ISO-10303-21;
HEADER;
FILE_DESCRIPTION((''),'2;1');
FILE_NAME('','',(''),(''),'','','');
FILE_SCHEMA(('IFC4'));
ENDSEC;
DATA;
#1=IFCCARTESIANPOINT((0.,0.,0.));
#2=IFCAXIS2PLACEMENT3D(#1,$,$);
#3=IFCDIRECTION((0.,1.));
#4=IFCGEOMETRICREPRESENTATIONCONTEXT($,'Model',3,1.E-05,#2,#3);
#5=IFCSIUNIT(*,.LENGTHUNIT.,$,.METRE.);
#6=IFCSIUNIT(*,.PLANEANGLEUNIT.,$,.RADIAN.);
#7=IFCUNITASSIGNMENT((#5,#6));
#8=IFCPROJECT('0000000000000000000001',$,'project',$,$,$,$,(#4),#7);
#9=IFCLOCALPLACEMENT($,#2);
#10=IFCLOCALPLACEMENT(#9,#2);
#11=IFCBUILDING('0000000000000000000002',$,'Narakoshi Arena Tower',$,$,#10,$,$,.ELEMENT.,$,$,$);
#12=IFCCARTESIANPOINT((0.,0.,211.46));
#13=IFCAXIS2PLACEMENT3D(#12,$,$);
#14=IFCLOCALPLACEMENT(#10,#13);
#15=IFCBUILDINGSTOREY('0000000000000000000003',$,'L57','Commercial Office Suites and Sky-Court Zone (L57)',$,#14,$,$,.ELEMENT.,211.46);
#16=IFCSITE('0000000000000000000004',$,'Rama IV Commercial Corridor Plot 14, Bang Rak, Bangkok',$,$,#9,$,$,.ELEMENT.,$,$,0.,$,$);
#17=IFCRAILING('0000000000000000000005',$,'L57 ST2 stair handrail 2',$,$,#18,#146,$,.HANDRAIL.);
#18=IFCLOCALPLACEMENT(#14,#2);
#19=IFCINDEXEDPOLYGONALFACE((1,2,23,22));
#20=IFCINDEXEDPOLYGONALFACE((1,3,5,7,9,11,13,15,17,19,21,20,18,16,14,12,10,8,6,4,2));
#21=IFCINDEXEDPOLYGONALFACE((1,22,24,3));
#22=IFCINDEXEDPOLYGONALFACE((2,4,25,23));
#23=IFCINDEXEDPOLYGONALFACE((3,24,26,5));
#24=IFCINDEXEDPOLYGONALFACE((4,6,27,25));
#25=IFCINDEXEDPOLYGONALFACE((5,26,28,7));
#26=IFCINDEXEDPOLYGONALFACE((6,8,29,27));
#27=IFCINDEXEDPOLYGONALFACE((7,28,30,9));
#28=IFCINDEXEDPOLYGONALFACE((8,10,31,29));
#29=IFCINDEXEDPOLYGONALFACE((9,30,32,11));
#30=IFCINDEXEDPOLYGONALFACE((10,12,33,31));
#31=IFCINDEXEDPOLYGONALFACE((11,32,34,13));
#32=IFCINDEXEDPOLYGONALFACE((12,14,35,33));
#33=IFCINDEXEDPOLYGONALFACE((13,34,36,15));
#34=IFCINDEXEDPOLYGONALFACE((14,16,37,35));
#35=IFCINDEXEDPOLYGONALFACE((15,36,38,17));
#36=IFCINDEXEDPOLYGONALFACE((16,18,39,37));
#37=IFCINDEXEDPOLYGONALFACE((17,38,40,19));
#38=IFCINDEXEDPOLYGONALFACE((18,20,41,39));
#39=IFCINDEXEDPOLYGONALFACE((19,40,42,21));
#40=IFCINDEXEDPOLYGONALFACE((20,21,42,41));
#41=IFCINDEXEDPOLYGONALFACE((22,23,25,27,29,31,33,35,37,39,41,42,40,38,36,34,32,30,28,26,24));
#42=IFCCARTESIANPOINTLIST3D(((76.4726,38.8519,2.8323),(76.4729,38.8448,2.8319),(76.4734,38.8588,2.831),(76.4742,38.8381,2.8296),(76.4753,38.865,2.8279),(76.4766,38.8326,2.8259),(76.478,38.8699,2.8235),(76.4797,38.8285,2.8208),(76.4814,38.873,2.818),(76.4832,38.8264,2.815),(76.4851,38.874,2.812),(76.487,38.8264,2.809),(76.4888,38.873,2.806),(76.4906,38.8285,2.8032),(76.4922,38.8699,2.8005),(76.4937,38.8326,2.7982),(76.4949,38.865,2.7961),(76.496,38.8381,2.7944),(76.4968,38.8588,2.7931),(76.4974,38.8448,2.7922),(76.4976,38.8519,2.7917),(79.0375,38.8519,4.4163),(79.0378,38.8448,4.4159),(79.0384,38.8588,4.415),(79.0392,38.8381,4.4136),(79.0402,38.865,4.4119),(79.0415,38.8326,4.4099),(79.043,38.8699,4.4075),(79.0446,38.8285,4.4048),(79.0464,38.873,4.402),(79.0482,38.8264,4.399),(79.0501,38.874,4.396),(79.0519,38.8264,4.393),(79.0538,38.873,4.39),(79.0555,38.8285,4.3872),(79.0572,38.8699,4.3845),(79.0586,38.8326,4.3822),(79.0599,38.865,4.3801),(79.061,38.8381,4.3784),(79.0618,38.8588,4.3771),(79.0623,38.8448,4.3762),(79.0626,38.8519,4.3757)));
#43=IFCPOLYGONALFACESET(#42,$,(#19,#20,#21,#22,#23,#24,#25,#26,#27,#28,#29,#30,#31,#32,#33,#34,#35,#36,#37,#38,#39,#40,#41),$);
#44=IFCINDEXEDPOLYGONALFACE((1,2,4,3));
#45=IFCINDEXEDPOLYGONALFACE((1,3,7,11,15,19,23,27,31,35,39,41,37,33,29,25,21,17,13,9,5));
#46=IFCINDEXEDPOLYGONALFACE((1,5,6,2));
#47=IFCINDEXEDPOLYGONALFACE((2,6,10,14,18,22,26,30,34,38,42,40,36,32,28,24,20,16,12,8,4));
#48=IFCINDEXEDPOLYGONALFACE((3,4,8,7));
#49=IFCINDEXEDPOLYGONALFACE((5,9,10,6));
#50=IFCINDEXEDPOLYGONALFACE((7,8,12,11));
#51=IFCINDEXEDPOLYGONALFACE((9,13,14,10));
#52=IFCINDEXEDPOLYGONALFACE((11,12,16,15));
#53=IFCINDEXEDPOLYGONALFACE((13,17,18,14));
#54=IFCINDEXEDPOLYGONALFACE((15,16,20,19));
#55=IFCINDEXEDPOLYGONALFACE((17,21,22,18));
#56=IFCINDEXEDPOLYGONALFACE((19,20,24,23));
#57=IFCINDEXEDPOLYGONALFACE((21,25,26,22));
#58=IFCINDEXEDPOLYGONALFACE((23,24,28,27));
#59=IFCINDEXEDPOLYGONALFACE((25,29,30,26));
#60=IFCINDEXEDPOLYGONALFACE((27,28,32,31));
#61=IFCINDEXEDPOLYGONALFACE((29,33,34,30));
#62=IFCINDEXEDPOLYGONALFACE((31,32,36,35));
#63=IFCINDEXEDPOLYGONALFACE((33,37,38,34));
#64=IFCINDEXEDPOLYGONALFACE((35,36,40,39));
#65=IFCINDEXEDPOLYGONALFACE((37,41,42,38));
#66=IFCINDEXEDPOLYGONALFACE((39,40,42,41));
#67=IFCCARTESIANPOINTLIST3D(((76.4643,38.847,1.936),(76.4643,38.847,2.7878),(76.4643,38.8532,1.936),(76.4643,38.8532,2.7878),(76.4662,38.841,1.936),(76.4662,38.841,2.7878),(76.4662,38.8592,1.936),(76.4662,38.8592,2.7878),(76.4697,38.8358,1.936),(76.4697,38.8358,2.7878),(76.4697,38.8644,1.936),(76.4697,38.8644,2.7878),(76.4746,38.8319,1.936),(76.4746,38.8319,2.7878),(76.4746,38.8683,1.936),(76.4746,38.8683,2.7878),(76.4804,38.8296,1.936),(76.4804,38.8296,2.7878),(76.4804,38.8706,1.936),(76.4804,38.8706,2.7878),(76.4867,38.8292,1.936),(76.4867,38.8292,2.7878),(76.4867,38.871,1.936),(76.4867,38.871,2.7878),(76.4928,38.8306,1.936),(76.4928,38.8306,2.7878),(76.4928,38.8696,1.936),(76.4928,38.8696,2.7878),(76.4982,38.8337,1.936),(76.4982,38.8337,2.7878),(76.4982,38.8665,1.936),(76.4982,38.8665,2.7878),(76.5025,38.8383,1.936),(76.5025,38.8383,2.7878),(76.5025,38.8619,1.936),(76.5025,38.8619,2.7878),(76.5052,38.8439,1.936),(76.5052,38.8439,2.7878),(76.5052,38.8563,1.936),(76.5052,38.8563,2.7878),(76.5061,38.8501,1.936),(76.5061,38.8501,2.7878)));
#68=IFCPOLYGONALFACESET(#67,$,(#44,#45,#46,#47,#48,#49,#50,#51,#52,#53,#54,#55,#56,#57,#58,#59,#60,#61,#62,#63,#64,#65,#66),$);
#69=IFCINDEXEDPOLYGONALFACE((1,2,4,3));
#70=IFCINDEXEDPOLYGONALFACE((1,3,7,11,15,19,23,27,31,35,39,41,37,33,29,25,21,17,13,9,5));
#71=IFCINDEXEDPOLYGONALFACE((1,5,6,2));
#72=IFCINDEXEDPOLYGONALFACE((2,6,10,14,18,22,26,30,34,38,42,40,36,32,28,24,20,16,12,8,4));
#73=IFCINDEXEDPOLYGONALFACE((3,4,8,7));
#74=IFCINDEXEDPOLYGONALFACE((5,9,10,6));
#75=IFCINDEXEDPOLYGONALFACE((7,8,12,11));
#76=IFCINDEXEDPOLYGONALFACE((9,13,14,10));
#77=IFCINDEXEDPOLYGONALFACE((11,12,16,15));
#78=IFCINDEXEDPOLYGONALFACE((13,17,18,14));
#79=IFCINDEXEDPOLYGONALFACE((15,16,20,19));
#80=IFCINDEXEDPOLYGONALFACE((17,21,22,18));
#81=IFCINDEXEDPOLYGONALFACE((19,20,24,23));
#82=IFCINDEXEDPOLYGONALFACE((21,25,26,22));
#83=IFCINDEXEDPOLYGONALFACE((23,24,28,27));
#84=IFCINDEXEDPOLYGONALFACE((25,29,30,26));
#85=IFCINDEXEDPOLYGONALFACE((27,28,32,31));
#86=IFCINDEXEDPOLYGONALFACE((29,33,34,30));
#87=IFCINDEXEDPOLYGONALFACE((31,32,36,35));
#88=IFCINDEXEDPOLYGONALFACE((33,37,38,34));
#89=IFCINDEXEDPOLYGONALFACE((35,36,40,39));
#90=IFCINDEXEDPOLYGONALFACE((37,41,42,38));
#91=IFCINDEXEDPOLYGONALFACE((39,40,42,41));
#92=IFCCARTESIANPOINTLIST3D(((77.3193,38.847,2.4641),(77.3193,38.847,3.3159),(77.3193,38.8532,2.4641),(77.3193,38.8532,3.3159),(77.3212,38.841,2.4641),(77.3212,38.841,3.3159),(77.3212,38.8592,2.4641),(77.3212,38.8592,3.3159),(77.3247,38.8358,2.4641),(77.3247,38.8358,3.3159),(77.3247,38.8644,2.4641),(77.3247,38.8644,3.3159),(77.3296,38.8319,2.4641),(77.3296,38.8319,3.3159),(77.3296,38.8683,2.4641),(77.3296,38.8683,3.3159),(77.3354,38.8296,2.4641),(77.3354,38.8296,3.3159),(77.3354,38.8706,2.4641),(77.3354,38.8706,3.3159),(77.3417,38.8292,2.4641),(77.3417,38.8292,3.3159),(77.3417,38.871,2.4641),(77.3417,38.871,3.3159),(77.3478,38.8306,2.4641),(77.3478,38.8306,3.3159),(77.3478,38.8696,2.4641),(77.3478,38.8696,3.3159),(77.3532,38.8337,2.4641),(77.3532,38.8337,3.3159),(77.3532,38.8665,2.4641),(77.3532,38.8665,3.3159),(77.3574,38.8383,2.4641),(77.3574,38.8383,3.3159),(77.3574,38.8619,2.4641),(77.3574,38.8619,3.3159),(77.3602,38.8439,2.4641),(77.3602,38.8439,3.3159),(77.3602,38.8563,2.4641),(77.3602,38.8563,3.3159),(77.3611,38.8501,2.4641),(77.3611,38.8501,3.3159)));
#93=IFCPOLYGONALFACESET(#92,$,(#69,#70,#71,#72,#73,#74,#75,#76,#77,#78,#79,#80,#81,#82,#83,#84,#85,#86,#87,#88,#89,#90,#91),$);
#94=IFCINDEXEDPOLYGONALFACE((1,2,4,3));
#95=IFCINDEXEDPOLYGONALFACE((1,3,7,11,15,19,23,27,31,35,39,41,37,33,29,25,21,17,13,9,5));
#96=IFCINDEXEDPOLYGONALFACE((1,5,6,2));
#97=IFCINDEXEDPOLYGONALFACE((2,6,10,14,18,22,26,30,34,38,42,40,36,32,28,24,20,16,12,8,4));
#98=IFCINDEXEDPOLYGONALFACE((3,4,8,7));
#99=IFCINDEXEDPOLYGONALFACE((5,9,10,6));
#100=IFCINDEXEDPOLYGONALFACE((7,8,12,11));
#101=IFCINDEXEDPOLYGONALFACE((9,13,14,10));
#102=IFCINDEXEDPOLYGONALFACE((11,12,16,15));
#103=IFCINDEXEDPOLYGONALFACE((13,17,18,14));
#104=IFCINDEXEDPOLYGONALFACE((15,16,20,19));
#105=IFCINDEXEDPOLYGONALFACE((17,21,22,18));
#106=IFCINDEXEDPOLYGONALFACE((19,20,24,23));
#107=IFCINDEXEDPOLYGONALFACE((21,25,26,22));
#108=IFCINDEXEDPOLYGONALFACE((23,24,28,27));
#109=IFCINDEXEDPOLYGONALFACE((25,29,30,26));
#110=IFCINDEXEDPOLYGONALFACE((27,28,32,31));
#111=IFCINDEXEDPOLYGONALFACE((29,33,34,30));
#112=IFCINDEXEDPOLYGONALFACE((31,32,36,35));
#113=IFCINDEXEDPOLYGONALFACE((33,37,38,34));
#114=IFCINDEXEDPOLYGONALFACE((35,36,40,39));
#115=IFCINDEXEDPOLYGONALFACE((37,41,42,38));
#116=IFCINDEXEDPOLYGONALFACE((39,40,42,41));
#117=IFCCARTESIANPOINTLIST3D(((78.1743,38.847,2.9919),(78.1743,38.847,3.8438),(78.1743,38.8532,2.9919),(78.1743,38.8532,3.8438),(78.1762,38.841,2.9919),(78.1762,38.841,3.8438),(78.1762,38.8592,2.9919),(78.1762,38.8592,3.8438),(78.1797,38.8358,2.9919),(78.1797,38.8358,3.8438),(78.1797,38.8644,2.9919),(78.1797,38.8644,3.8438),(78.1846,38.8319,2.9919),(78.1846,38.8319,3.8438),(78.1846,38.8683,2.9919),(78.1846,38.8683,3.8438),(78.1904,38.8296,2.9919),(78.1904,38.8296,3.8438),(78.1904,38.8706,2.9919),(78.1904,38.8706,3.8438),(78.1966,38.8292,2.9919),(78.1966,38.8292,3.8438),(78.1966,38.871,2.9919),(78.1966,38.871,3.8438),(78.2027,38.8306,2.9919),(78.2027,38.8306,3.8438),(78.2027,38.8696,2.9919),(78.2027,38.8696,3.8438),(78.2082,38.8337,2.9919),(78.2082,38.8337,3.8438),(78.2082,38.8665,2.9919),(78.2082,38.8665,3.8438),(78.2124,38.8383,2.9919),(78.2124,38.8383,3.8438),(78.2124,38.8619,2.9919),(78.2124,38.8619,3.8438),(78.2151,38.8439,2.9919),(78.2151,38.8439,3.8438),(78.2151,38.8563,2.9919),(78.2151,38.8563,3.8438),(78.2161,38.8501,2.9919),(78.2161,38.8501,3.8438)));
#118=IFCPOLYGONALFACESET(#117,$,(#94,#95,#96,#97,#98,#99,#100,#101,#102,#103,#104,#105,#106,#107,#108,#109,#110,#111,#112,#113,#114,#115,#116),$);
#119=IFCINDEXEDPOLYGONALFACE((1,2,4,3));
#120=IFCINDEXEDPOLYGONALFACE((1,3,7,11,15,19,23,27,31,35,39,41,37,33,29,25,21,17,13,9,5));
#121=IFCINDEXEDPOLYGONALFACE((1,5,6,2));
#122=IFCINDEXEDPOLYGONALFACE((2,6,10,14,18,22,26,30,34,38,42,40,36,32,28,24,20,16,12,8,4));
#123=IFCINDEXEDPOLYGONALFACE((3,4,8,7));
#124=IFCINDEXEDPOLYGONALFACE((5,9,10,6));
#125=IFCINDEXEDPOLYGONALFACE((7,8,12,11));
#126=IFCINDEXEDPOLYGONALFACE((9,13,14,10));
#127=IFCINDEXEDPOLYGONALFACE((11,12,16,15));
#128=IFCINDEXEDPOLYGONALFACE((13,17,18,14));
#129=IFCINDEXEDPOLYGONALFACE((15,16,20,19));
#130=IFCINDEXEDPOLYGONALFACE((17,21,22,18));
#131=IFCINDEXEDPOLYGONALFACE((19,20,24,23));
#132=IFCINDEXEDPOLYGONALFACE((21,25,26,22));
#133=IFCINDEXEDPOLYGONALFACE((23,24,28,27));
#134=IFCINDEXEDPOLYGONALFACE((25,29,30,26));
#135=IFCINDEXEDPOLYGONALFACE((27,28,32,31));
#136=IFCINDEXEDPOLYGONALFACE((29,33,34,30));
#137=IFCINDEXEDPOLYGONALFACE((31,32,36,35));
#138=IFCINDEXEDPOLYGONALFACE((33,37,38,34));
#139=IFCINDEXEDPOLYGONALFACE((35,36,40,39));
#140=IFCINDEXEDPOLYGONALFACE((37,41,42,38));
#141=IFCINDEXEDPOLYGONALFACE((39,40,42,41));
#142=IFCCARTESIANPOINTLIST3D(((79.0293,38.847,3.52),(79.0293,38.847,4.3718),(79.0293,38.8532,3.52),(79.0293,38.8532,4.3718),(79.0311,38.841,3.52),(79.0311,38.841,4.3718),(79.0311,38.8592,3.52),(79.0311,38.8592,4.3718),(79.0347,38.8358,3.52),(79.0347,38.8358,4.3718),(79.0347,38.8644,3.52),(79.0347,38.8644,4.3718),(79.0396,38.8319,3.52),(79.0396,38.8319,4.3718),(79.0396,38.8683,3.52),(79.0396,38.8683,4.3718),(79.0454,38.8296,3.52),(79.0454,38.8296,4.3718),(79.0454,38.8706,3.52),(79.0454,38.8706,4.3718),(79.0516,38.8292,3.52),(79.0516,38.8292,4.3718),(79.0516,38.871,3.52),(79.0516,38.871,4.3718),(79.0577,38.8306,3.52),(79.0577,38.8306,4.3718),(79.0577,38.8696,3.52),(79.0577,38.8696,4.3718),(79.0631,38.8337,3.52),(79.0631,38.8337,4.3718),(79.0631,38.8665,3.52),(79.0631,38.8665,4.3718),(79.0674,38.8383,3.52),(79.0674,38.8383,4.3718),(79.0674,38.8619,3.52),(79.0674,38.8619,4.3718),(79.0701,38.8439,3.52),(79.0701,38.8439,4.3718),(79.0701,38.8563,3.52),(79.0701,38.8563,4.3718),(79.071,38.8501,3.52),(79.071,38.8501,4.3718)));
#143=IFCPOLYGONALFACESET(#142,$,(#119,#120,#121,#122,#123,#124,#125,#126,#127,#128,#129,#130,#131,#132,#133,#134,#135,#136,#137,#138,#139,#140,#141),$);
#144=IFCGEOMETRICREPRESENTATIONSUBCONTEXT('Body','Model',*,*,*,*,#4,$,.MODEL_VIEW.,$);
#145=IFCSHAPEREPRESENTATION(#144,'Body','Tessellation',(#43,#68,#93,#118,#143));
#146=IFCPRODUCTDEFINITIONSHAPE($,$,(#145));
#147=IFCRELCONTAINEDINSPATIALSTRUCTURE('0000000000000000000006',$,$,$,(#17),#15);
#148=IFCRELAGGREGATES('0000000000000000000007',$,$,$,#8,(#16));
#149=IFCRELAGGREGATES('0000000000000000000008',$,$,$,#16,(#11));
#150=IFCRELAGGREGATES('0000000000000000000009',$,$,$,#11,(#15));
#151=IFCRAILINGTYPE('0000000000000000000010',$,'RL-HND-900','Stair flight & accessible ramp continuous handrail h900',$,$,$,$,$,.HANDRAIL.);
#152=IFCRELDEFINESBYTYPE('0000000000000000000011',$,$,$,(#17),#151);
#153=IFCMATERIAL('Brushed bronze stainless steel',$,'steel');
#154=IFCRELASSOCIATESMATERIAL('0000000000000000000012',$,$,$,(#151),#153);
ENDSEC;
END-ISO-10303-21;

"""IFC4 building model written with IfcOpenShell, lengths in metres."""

from ifc_helpers import new_model, si_unit, direction, frame, origin, origin_2d, place, context, subcontext, project, spatial, circle, extrude, material, type_object, element, save


model = new_model("IFC4")

# Units and contexts
model_context = context("Model", 3, precision=1e-05, world=origin(), true_north=direction((0.0, 1.0)))
body_context = subcontext(model_context, "Body", "Model", "MODEL_VIEW")
ifc_project = project(units=[si_unit("LENGTHUNIT", "METRE"), si_unit("PLANEANGLEUNIT", "RADIAN")], contexts=[model_context])

# Site, building, storey
site_placement = place(None, origin())
site = spatial("IfcSite", under=ifc_project, at=site_placement, Name="Rama IV Commercial Corridor Plot 14, Bang Rak, Bangkok", CompositionType="ELEMENT", RefElevation=0.0)
building_placement = place(site_placement, origin())
building = spatial("IfcBuilding", under=site, at=building_placement, Name="Narakoshi Arena Tower", CompositionType="ELEMENT")
storey_placement = place(building_placement, frame((0.0, 0.0, 211.46)))
storey = spatial("IfcBuildingStorey", under=building, at=storey_placement, Name="L57", Description="Commercial Office Suites and Sky-Court Zone (L57)", CompositionType="ELEMENT", Elevation=211.46)

# Railing
ifc_material_1 = material(Name="Brushed bronze stainless steel", Category="steel")
railing_type_1 = type_object("IfcRailingType", Name="RL-HND-900", Description="Stair flight & accessible ramp continuous handrail h900", PredefinedType="HANDRAIL", material=ifc_material_1)
railing_1_placement = place(storey_placement, frame((76.4851, 38.8501, 1.936)))
element("IfcRailing", 1, at=railing_1_placement, inside=storey, type_object=railing_type_1, Name="L57 ST2 stair handrail 2", PredefinedType="HANDRAIL", context=body_context, shape_type="SweptSolid", body=[
    extrude(circle(Radius=0.0239, at=origin_2d()), frame((0.0, 0.0, 0.876), z_axis=(0.850834, 0.0, 0.525434), x_axis=(0.0, 1.0, 0.0)), (0.0, 0.0, 1.0), 3.0146),
    extrude(circle(Radius=0.021, at=origin_2d()), origin(), (0.0, 0.0, 1.0), 0.8518),
    extrude(circle(Radius=0.021, at=origin_2d()), frame((0.855, 0.0, 0.5281)), (0.0, 0.0, 1.0), 0.8518),
    extrude(circle(Radius=0.021, at=origin_2d()), frame((1.71, 0.0, 1.0559)), (0.0, 0.0, 1.0), 0.8518),
    extrude(circle(Radius=0.021, at=origin_2d()), frame((2.5649, 0.0, 1.584)), (0.0, 0.0, 1.0), 0.8518),
])

save(model, "model.ifc")
